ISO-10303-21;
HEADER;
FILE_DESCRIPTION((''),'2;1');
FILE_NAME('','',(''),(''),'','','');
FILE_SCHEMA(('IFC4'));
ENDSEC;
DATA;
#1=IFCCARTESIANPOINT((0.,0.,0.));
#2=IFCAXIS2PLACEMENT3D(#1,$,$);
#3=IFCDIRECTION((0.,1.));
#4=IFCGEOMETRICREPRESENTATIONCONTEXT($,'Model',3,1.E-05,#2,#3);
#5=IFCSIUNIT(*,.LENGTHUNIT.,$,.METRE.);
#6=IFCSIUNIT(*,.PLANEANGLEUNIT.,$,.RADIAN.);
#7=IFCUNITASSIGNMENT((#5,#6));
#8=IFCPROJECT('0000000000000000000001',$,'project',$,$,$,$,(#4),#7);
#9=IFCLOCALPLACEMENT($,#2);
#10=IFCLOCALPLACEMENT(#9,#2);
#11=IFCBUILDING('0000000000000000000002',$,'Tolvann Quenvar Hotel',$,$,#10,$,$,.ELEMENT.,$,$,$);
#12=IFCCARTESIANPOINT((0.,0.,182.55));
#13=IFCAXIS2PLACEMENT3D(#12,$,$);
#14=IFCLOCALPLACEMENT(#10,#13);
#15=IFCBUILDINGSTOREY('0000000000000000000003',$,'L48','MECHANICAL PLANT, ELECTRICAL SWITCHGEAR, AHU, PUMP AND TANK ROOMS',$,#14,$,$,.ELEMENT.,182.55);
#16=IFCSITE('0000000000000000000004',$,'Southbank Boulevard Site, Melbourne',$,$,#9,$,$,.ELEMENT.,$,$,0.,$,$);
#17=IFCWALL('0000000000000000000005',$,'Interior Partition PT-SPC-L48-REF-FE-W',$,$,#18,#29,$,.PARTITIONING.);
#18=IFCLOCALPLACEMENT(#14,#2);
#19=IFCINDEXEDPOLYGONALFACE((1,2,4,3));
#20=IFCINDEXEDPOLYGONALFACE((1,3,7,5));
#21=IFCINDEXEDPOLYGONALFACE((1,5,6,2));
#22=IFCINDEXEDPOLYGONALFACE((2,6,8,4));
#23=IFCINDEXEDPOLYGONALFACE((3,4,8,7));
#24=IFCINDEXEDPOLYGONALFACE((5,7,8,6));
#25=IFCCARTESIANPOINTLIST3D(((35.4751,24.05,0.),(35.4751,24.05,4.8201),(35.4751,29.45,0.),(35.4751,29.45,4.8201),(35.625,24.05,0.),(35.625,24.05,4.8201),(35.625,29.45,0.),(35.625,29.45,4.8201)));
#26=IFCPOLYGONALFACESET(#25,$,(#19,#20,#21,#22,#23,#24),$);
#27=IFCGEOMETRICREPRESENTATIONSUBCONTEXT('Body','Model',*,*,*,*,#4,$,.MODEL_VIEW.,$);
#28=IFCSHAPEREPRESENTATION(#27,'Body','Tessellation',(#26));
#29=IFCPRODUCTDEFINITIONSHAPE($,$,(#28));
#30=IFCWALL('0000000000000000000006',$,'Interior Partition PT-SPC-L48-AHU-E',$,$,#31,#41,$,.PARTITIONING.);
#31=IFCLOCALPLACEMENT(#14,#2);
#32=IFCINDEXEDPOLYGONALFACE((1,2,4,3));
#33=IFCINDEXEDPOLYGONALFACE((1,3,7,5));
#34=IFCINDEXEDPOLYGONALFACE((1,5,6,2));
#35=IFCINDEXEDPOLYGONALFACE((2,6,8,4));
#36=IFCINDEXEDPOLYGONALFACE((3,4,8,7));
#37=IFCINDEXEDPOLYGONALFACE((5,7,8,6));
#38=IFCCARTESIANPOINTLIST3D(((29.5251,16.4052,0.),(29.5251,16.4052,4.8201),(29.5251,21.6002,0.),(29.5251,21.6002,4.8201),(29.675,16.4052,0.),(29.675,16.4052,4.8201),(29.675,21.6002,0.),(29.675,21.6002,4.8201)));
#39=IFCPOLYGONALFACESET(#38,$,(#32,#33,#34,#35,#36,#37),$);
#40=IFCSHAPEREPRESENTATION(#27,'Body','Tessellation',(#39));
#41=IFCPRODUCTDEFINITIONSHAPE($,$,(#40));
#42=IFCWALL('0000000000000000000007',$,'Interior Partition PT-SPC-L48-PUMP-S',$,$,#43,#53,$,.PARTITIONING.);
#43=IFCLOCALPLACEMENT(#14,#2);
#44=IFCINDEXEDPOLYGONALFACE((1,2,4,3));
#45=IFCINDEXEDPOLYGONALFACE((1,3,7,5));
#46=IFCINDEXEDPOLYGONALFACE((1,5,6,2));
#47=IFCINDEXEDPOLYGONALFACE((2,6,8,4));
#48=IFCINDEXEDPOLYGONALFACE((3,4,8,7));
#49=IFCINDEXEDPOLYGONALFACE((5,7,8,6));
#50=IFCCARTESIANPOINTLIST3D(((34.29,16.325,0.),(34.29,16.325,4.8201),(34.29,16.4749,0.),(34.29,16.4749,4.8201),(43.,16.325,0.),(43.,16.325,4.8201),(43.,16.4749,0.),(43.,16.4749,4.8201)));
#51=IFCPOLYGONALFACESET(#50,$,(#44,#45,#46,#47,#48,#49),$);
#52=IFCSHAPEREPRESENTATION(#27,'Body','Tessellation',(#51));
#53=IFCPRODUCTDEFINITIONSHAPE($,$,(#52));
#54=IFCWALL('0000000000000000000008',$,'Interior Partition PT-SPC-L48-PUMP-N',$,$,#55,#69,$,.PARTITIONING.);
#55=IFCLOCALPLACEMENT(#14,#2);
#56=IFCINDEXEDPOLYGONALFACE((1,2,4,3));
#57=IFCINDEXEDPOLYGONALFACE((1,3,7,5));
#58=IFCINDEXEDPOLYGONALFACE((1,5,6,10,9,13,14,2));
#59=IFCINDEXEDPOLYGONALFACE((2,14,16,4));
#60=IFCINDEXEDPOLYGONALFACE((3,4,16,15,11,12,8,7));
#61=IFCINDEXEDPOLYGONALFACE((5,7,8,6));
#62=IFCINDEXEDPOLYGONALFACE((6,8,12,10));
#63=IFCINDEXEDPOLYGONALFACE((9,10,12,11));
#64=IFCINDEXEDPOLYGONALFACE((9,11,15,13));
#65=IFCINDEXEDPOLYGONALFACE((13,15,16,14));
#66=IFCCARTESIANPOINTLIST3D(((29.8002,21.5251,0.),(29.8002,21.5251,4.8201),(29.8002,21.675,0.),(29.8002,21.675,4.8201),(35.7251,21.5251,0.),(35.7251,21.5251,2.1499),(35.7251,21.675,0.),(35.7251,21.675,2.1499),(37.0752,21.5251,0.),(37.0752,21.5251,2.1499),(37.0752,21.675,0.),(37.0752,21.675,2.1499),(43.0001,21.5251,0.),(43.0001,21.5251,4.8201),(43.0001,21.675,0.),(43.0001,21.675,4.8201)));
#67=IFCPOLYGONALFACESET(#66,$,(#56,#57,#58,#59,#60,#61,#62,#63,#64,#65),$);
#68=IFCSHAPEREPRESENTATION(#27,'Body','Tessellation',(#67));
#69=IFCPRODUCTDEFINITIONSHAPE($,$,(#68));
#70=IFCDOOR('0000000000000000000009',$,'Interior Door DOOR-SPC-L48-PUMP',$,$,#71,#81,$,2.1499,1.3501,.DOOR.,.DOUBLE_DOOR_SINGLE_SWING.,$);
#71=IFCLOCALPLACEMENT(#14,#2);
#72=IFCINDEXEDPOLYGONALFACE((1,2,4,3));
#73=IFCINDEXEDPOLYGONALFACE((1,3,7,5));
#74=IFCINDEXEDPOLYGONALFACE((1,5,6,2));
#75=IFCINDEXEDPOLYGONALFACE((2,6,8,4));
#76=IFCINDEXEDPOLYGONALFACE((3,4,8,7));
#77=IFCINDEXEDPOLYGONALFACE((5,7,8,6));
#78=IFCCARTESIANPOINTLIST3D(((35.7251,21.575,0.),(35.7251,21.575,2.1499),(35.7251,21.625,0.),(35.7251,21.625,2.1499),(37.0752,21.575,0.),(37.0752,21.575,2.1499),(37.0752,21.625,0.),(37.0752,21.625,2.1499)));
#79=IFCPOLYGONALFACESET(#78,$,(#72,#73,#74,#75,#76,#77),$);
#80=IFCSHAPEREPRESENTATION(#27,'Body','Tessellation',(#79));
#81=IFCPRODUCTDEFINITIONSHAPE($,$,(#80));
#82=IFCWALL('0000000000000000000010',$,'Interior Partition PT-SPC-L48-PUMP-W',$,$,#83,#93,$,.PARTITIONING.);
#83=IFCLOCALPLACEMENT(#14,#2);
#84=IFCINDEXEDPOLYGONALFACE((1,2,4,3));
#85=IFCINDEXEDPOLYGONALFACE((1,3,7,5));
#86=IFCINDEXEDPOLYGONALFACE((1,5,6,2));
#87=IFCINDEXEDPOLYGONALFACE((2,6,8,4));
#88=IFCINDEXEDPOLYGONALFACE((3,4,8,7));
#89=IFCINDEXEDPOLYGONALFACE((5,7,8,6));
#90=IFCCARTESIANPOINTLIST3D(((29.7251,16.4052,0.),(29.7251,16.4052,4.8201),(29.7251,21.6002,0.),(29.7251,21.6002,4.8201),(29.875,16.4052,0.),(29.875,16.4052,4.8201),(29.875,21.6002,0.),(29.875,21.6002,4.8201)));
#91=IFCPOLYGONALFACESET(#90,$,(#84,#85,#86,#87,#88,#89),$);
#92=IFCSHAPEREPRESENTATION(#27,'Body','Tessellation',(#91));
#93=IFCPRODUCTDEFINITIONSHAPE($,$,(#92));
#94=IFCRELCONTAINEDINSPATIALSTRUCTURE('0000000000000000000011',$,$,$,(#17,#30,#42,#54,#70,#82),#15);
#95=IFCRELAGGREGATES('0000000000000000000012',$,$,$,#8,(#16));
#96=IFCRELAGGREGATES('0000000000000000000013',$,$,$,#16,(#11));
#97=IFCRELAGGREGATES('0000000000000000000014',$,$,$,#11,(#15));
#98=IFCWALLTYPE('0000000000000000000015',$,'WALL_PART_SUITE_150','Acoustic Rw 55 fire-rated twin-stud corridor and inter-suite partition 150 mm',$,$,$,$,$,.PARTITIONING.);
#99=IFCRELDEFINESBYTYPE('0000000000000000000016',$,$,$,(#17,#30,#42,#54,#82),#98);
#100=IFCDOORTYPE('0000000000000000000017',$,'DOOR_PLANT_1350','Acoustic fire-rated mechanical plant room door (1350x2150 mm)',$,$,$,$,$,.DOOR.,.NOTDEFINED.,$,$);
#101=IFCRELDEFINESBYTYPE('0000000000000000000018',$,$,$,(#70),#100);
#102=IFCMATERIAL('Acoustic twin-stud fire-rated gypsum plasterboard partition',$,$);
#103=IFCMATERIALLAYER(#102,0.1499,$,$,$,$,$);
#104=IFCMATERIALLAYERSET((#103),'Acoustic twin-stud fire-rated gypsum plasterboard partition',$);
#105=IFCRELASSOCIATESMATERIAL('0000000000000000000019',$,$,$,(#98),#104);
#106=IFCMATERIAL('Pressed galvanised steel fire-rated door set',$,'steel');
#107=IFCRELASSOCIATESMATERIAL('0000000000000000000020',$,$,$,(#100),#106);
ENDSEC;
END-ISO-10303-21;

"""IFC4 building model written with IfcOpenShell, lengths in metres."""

from ifc_helpers import new_model, si_unit, direction, frame, frame_2d, origin, place, context, subcontext, project, spatial, rectangle, extrude, source, transform, mapped, material, layer, layer_set, type_object, type_shapes, element, fill, save


model = new_model("IFC4")

# Units and contexts
model_context = context("Model", 3, precision=1e-05, world=origin(), true_north=direction((0.0, 1.0)))
body_context = subcontext(model_context, "Body", "Model", "MODEL_VIEW")
ifc_project = project(units=[si_unit("LENGTHUNIT", "METRE"), si_unit("PLANEANGLEUNIT", "RADIAN")], contexts=[model_context])

# Site, building, storey
site_placement = place(None, origin())
site = spatial("IfcSite", under=ifc_project, at=site_placement, Name="Southbank Boulevard Site, Melbourne", CompositionType="ELEMENT", RefElevation=0.0)
building_placement = place(site_placement, origin())
building = spatial("IfcBuilding", under=site, at=building_placement, Name="Tolvann Quenvar Hotel", CompositionType="ELEMENT")
storey_placement = place(building_placement, frame((0.0, 0.0, 182.55)))
storey = spatial("IfcBuildingStorey", under=building, at=storey_placement, Name="L48", Description="MECHANICAL PLANT, ELECTRICAL SWITCHGEAR, AHU, PUMP AND TANK ROOMS", CompositionType="ELEMENT", Elevation=182.55)

# Shared definitions
ifc_material_1 = material(Name="Acoustic twin-stud fire-rated gypsum plasterboard partition")
ifc_layer_1 = layer(ifc_material_1, 0.1499)
ifc_layer_set_1 = layer_set([ifc_layer_1], Name="Acoustic twin-stud fire-rated gypsum plasterboard partition")
wall_type_1 = type_object("IfcWallType", Name="WALL_PART_SUITE_150", Description="Acoustic Rw 55 fire-rated twin-stud corridor and inter-suite partition 150 mm", PredefinedType="PARTITIONING", material=ifc_layer_set_1)

# Shared definitions
ifc_material_2 = material(Name="Pressed galvanised steel fire-rated door set", Category="steel")
door_type = type_object("IfcDoorType", Name="DOOR_PLANT_1350", Description="Acoustic fire-rated mechanical plant room door (1350x2150 mm)", OperationType="NOTDEFINED", PredefinedType="DOOR", material=ifc_material_2)
shared_shape_1 = source(origin(), body_context, "Body", "SweptSolid", [
    extrude(rectangle(XDim=1.3501, YDim=2.1499, at=frame_2d((0.675, 1.075))), frame((0.0, 0.0249, 0.0), z_axis=(0.0, -1.0, 0.0), x_axis=(1.0, 0.0, 0.0)), (0.0, 0.0, 1.0), 0.05),
])
type_shapes(door_type, [shared_shape_1])

# Walls
wall_1_placement = place(storey_placement, frame((35.55, 24.05, 0.0), z_axis=(0.0, 0.0, 1.0), x_axis=(0.0, 1.0, 0.0)))
element("IfcWall", 1, at=wall_1_placement, inside=storey, type_object=wall_type_1, Name="Interior Partition PT-SPC-L48-REF-FE-W", PredefinedType="PARTITIONING", context=body_context, shape_type="SweptSolid", body=[
    extrude(rectangle(XDim=5.3999, YDim=0.1499, at=frame_2d((2.7, 0.0))), origin(), (0.0, 0.0, 1.0), 4.8201),
])
wall_2_placement = place(storey_placement, frame((29.6001, 16.405, 0.0), z_axis=(0.0, 0.0, 1.0), x_axis=(0.0, 1.0, 0.0)))
element("IfcWall", 2, at=wall_2_placement, inside=storey, type_object=wall_type_1, Name="Interior Partition PT-SPC-L48-AHU-E", PredefinedType="PARTITIONING", context=body_context, shape_type="SweptSolid", body=[
    extrude(rectangle(XDim=5.1951, YDim=0.1499, at=frame_2d((2.5977, 0.0))), origin(), (0.0, 0.0, 1.0), 4.8201),
])
wall_3_placement = place(storey_placement, frame((34.29, 16.3999, 0.0), z_axis=(0.0, 0.0, 1.0), x_axis=(1.0, 0.0, 0.0)))
element("IfcWall", 3, at=wall_3_placement, inside=storey, type_object=wall_type_1, Name="Interior Partition PT-SPC-L48-PUMP-S", PredefinedType="PARTITIONING", context=body_context, shape_type="SweptSolid", body=[
    extrude(rectangle(XDim=8.71, YDim=0.1499, at=frame_2d((4.355, 0.0))), origin(), (0.0, 0.0, 1.0), 4.8201),
])

# Wall, opening, door
wall_4_placement = place(storey_placement, frame((29.8, 21.6001, 0.0), z_axis=(0.0, 0.0, 1.0), x_axis=(1.0, 0.0, 0.0)))
wall_4 = element("IfcWall", 4, at=wall_4_placement, inside=storey, type_object=wall_type_1, Name="Interior Partition PT-SPC-L48-PUMP-N", PredefinedType="PARTITIONING", context=body_context, shape_type="SweptSolid", body=[
    extrude(rectangle(XDim=13.2, YDim=0.1499, at=frame_2d((6.6001, 0.0))), origin(), (0.0, 0.0, 1.0), 4.8201),
])
opening_1_placement = place(wall_4_placement, frame((5.925, 0.0, 0.0)))
opening_1 = element("IfcOpeningElement", 5, at=opening_1_placement, cuts=wall_4, PredefinedType="OPENING", context=body_context, shape_type="SweptSolid", body=[
    extrude(rectangle(XDim=1.3501, YDim=2.1499, at=frame_2d((0.675, 1.075))), frame((0.0, 0.085, 0.0), z_axis=(0.0, -1.0, 0.0), x_axis=(1.0, 0.0, 0.0)), (0.0, 0.0, 1.0), 0.1699),
])
door_1_placement = place(opening_1_placement, origin())
door_1 = element("IfcDoor", 6, at=door_1_placement, inside=storey, type_object=door_type, Name="Interior Door DOOR-SPC-L48-PUMP", OperationType="DOUBLE_DOOR_SINGLE_SWING", OverallHeight=2.1499, OverallWidth=1.3501, PredefinedType="DOOR", context=body_context, shape_type="MappedRepresentation", body=[
    mapped(shared_shape_1, transform((0.0, 0.0, 0.0), x_axis=(1.0, 0.0, 0.0), y_axis=(0.0, 1.0, 0.0), z_axis=(0.0, 0.0, 1.0), scale=1.0)),
])
fill(opening_1, door_1)

# Wall
wall_5_placement = place(storey_placement, frame((29.8, 16.405, 0.0), z_axis=(0.0, 0.0, 1.0), x_axis=(0.0, 1.0, 0.0)))
element("IfcWall", 7, at=wall_5_placement, inside=storey, type_object=wall_type_1, Name="Interior Partition PT-SPC-L48-PUMP-W", PredefinedType="PARTITIONING", context=body_context, shape_type="SweptSolid", body=[
    extrude(rectangle(XDim=5.1951, YDim=0.1499, at=frame_2d((2.5977, 0.0))), origin(), (0.0, 0.0, 1.0), 4.8201),
])

save(model, "model.ifc")
